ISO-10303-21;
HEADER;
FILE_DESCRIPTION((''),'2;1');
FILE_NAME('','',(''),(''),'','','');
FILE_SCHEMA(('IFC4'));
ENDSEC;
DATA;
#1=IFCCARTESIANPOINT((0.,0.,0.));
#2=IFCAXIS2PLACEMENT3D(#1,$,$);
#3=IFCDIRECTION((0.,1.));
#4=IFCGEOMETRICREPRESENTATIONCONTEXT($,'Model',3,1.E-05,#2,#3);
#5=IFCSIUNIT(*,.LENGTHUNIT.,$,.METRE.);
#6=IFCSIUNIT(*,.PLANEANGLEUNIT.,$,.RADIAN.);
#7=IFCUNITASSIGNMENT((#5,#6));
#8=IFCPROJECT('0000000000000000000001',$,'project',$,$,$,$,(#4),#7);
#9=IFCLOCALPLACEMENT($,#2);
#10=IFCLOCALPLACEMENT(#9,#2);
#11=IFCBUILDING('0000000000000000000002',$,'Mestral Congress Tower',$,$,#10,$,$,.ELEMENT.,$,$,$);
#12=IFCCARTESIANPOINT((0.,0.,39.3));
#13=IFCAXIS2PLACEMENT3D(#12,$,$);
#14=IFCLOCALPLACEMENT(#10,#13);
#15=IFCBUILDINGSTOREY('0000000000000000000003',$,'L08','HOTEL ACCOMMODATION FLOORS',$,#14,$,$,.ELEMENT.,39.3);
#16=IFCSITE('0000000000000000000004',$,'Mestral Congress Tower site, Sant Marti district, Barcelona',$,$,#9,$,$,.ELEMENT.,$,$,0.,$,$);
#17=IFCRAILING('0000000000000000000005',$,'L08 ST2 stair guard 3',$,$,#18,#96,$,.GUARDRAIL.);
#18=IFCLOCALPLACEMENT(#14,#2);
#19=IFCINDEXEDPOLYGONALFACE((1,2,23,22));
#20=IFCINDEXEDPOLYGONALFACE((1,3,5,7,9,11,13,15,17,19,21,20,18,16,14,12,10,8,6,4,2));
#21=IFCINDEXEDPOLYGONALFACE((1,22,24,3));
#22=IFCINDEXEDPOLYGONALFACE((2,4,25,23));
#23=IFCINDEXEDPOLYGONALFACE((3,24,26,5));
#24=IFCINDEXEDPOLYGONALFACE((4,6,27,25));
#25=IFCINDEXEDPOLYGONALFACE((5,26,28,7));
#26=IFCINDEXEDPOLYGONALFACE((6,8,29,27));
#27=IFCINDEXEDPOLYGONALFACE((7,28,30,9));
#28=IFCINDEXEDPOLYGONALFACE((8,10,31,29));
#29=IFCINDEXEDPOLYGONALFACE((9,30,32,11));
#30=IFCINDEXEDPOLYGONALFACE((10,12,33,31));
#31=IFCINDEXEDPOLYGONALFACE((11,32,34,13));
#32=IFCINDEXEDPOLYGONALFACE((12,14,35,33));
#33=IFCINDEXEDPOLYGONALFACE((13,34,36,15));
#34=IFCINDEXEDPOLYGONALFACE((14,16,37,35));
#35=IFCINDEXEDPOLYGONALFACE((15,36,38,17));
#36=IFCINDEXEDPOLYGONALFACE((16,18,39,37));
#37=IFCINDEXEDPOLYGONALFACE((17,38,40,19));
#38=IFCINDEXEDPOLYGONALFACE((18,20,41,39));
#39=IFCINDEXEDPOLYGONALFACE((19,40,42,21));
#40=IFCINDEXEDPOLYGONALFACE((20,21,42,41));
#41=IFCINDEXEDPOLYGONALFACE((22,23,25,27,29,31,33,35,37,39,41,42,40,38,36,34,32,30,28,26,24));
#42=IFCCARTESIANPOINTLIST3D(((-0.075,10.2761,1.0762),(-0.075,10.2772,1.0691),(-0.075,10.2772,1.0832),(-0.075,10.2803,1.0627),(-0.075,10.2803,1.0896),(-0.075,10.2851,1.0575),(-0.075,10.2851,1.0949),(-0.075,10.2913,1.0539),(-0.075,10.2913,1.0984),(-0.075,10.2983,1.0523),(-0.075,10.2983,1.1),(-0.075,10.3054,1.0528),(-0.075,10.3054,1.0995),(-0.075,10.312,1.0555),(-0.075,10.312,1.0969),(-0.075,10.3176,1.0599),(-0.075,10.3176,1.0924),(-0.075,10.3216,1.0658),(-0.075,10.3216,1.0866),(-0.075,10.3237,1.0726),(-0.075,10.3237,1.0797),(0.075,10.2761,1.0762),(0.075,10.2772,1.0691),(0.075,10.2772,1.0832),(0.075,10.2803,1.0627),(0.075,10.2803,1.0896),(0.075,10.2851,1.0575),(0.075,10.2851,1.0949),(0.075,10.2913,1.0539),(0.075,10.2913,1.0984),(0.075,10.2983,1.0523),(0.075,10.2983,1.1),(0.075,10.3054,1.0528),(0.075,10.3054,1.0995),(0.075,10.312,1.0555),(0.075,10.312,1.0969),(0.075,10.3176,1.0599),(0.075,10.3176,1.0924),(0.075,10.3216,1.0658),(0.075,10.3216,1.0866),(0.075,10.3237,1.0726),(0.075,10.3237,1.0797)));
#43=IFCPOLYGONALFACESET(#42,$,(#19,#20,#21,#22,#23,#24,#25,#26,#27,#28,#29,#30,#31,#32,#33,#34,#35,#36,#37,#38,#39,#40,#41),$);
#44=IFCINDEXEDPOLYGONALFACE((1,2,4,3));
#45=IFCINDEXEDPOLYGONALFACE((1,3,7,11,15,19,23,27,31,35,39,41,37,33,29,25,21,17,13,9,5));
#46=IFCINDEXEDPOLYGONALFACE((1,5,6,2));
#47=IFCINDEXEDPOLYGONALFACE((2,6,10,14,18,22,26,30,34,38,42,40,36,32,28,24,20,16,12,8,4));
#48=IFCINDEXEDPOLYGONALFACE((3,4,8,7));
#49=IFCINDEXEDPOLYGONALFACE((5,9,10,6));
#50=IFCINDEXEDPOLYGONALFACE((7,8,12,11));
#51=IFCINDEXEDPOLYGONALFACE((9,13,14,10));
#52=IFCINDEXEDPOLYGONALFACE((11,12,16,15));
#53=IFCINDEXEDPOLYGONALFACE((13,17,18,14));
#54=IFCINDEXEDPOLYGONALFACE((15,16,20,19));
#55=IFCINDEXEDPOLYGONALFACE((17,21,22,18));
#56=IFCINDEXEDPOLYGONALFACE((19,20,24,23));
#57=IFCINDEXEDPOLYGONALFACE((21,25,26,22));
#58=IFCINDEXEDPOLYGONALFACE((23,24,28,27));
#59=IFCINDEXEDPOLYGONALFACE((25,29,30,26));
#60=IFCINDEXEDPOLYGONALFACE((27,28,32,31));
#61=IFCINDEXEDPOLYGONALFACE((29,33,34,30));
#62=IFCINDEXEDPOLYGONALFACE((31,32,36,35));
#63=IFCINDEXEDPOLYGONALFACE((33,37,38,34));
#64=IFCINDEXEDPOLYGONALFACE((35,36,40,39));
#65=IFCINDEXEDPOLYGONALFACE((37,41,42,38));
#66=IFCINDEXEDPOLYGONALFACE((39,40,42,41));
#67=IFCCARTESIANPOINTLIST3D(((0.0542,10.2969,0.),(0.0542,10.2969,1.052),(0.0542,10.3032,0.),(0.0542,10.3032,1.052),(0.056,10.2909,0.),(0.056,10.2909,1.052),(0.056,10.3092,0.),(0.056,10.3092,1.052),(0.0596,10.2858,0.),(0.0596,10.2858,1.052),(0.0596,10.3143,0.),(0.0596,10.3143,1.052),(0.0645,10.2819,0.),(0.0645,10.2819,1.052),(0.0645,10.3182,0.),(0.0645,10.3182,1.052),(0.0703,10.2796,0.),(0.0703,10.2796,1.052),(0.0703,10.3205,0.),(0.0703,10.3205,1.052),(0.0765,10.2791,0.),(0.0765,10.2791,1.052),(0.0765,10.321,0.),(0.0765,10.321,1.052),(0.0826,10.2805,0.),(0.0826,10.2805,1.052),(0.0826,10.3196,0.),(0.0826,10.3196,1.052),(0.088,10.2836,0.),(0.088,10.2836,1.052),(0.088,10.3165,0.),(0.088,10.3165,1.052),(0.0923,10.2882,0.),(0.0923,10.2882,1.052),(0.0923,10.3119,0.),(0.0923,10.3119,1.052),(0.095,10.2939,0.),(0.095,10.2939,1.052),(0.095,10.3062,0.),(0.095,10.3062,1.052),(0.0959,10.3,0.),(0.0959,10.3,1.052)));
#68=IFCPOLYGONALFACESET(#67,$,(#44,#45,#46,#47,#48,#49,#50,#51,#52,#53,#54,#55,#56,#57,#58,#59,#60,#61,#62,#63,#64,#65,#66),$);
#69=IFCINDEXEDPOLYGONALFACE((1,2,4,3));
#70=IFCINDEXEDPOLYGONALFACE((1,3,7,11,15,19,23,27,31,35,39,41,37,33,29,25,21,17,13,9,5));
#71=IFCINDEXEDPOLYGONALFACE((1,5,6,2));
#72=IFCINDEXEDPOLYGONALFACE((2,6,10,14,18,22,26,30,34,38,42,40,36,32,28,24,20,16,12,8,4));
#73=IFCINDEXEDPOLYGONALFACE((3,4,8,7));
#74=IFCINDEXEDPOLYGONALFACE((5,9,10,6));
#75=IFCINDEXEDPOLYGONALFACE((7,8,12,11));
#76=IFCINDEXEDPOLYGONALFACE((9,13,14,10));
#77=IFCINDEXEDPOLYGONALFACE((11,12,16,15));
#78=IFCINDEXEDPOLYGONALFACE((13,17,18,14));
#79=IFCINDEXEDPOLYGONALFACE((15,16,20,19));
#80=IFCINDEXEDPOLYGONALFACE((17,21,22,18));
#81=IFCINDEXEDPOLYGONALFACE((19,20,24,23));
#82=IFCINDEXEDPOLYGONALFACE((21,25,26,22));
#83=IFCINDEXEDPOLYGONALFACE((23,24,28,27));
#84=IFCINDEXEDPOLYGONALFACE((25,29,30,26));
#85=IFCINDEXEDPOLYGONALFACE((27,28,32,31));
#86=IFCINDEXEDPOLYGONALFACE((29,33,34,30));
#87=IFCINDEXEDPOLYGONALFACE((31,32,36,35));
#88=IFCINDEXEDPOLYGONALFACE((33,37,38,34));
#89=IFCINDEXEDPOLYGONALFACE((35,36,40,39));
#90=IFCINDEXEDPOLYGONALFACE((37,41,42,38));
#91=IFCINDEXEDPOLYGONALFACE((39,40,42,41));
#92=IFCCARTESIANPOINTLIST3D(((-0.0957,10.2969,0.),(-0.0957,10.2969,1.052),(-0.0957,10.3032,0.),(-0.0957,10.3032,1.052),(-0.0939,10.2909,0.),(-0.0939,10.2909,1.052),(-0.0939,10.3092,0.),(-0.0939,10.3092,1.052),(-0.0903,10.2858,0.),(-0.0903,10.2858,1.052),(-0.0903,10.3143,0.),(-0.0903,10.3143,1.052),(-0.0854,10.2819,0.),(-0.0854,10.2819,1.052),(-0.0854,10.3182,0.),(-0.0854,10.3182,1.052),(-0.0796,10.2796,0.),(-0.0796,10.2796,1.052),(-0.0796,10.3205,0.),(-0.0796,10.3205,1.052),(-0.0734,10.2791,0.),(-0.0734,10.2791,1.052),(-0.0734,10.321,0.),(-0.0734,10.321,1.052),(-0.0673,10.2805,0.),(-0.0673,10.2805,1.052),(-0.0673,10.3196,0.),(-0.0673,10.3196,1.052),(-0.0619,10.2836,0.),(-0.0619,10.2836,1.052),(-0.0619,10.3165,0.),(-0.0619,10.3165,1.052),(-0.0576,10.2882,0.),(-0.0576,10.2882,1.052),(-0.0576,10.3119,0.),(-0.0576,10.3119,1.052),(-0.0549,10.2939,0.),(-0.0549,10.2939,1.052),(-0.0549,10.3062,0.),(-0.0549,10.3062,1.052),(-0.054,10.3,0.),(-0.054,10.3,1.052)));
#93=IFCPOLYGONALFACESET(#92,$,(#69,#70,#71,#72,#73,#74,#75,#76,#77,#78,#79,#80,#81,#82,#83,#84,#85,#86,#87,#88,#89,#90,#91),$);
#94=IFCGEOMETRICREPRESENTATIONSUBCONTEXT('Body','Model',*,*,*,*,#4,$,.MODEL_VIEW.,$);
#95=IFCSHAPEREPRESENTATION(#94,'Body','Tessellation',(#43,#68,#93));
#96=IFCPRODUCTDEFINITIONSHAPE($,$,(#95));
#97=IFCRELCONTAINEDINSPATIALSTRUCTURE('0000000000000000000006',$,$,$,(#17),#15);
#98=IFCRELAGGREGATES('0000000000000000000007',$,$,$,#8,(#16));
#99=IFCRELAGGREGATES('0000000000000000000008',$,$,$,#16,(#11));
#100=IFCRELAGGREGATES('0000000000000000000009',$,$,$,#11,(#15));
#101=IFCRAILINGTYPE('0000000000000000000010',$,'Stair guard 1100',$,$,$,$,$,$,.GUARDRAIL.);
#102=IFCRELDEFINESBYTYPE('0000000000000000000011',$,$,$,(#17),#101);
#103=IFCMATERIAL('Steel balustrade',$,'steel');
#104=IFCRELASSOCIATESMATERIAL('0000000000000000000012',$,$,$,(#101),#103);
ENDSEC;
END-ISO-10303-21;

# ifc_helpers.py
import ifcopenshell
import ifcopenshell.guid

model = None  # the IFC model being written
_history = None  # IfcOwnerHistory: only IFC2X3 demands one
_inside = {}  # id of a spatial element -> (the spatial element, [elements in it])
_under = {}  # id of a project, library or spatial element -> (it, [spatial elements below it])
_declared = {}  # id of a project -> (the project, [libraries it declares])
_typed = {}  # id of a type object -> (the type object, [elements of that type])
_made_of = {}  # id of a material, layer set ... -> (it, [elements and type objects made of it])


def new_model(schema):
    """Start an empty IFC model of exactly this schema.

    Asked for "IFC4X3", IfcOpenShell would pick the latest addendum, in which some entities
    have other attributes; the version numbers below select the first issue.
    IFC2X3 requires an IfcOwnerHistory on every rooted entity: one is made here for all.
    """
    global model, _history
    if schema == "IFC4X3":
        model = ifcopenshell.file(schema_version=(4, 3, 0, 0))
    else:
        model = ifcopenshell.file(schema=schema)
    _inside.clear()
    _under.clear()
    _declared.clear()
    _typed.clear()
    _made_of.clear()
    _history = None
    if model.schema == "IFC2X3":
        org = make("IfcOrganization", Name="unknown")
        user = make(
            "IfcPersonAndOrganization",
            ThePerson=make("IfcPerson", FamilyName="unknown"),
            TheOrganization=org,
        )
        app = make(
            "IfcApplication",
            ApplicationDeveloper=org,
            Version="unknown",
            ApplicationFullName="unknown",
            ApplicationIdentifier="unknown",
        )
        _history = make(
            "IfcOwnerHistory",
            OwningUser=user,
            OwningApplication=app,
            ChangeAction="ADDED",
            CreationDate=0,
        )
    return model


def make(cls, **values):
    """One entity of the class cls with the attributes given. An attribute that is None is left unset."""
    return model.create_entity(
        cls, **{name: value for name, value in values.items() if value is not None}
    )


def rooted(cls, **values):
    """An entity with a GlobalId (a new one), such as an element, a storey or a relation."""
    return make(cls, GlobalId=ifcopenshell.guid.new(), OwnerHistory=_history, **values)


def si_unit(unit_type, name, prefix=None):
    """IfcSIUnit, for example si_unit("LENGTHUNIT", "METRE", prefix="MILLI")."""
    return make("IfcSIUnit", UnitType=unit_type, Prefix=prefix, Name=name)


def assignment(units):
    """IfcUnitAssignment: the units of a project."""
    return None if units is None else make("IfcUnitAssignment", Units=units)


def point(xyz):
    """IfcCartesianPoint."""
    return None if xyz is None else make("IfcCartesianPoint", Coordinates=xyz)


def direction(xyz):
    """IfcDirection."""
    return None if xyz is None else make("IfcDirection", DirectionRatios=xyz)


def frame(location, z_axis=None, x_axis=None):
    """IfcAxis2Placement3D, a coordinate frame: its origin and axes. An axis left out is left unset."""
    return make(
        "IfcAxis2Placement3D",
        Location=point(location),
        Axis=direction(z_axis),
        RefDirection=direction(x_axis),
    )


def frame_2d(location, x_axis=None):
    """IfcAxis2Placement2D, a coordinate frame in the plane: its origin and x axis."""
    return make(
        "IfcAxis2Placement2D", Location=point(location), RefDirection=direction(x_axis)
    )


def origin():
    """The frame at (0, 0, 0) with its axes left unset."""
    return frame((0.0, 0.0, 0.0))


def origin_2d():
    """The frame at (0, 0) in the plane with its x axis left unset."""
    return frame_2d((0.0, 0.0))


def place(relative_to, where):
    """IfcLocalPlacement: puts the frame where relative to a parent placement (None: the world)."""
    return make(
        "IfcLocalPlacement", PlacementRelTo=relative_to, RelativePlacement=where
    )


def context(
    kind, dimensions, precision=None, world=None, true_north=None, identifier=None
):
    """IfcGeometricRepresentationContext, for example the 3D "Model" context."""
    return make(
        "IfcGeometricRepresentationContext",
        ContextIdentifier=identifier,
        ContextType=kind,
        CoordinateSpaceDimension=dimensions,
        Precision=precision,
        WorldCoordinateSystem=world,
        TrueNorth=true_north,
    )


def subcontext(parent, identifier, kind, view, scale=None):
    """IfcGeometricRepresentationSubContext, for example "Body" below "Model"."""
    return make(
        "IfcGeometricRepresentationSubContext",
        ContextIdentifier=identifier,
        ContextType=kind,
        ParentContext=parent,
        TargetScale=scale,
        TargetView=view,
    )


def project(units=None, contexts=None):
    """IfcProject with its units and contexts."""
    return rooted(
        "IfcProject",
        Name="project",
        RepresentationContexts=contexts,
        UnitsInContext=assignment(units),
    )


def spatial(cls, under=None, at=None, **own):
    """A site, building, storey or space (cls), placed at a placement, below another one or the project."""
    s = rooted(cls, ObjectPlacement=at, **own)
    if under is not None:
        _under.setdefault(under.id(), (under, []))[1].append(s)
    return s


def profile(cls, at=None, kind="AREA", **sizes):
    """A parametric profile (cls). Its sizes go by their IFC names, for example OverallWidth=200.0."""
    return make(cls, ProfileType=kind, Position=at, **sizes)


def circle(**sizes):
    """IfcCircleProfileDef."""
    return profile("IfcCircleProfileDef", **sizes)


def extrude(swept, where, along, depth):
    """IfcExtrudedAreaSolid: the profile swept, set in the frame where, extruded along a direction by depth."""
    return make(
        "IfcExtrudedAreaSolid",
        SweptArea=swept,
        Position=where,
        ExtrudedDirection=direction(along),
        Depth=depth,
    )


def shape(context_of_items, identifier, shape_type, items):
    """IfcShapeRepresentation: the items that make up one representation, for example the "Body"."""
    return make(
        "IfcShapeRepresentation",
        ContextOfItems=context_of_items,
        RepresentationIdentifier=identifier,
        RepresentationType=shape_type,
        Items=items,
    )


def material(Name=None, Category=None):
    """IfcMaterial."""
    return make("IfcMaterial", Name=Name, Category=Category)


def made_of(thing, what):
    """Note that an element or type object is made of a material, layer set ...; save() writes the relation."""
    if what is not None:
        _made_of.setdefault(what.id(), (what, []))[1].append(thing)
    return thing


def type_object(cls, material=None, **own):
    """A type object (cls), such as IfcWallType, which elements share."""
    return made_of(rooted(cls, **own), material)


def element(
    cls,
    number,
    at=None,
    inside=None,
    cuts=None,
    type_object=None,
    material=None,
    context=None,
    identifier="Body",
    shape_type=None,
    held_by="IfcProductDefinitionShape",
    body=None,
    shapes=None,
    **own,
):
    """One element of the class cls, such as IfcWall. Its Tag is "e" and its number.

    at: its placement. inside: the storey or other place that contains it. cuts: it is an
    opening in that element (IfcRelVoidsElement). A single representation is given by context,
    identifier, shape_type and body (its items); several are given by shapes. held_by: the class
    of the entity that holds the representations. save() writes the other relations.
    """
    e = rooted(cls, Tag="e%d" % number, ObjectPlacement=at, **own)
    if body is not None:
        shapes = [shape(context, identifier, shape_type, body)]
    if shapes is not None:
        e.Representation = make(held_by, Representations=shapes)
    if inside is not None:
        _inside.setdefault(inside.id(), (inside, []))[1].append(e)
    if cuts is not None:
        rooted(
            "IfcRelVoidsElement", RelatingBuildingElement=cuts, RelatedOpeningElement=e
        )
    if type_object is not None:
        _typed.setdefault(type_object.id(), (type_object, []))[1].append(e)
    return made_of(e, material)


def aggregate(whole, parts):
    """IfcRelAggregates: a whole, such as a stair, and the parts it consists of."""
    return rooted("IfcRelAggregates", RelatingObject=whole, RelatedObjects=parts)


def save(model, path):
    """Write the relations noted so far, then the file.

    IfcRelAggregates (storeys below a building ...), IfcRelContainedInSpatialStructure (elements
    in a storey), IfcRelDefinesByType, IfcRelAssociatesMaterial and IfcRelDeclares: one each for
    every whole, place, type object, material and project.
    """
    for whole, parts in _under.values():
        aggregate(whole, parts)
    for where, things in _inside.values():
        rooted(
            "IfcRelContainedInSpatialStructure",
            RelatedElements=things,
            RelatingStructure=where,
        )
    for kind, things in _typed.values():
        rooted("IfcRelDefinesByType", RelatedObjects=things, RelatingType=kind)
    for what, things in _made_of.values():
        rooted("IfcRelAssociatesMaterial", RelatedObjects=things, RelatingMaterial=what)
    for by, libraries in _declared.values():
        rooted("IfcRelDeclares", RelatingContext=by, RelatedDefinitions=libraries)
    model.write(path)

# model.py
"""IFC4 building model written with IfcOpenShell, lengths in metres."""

from ifc_helpers import new_model, si_unit, direction, frame, origin, origin_2d, place, context, subcontext, project, spatial, circle, extrude, material, type_object, element, save


model = new_model("IFC4")

# Units and contexts
model_context = context("Model", 3, precision=1e-05, world=origin(), true_north=direction((0.0, 1.0)))
body_context = subcontext(model_context, "Body", "Model", "MODEL_VIEW")
ifc_project = project(units=[si_unit("LENGTHUNIT", "METRE"), si_unit("PLANEANGLEUNIT", "RADIAN")], contexts=[model_context])

# Site, building, storey
site_placement = place(None, origin())
site = spatial("IfcSite", under=ifc_project, at=site_placement, Name="Mestral Congress Tower site, Sant Marti district, Barcelona", CompositionType="ELEMENT", RefElevation=0.0)
building_placement = place(site_placement, origin())
building = spatial("IfcBuilding", under=site, at=building_placement, Name="Mestral Congress Tower", CompositionType="ELEMENT")
storey_placement = place(building_placement, frame((0.0, 0.0, 39.3)))
storey = spatial("IfcBuildingStorey", under=building, at=storey_placement, Name="L08", Description="HOTEL ACCOMMODATION FLOORS", CompositionType="ELEMENT", Elevation=39.3)

# Railing
ifc_material_1 = material(Name="Steel balustrade", Category="steel")
railing_type_1 = type_object("IfcRailingType", Name="Stair guard 1100", PredefinedType="GUARDRAIL", material=ifc_material_1)
railing_1_placement = place(storey_placement, frame((0.075, 10.3, 0.0)))
element("IfcRailing", 1, at=railing_1_placement, inside=storey, type_object=railing_type_1, Name="L08 ST2 stair guard 3", PredefinedType="GUARDRAIL", context=body_context, shape_type="SweptSolid", body=[
    extrude(circle(Radius=0.0239, at=origin_2d()), frame((0.0, 0.0, 1.0762), z_axis=(-1.0, 0.0, 0.0), x_axis=(0.0, -1.0, 0.0)), (0.0, 0.0, 1.0), 0.1499),
    extrude(circle(Radius=0.021, at=origin_2d()), origin(), (0.0, 0.0, 1.0), 1.052),
    extrude(circle(Radius=0.021, at=origin_2d()), frame((-0.1499, 0.0, 0.0)), (0.0, 0.0, 1.0), 1.052),
])

save(model, "model.ifc")
